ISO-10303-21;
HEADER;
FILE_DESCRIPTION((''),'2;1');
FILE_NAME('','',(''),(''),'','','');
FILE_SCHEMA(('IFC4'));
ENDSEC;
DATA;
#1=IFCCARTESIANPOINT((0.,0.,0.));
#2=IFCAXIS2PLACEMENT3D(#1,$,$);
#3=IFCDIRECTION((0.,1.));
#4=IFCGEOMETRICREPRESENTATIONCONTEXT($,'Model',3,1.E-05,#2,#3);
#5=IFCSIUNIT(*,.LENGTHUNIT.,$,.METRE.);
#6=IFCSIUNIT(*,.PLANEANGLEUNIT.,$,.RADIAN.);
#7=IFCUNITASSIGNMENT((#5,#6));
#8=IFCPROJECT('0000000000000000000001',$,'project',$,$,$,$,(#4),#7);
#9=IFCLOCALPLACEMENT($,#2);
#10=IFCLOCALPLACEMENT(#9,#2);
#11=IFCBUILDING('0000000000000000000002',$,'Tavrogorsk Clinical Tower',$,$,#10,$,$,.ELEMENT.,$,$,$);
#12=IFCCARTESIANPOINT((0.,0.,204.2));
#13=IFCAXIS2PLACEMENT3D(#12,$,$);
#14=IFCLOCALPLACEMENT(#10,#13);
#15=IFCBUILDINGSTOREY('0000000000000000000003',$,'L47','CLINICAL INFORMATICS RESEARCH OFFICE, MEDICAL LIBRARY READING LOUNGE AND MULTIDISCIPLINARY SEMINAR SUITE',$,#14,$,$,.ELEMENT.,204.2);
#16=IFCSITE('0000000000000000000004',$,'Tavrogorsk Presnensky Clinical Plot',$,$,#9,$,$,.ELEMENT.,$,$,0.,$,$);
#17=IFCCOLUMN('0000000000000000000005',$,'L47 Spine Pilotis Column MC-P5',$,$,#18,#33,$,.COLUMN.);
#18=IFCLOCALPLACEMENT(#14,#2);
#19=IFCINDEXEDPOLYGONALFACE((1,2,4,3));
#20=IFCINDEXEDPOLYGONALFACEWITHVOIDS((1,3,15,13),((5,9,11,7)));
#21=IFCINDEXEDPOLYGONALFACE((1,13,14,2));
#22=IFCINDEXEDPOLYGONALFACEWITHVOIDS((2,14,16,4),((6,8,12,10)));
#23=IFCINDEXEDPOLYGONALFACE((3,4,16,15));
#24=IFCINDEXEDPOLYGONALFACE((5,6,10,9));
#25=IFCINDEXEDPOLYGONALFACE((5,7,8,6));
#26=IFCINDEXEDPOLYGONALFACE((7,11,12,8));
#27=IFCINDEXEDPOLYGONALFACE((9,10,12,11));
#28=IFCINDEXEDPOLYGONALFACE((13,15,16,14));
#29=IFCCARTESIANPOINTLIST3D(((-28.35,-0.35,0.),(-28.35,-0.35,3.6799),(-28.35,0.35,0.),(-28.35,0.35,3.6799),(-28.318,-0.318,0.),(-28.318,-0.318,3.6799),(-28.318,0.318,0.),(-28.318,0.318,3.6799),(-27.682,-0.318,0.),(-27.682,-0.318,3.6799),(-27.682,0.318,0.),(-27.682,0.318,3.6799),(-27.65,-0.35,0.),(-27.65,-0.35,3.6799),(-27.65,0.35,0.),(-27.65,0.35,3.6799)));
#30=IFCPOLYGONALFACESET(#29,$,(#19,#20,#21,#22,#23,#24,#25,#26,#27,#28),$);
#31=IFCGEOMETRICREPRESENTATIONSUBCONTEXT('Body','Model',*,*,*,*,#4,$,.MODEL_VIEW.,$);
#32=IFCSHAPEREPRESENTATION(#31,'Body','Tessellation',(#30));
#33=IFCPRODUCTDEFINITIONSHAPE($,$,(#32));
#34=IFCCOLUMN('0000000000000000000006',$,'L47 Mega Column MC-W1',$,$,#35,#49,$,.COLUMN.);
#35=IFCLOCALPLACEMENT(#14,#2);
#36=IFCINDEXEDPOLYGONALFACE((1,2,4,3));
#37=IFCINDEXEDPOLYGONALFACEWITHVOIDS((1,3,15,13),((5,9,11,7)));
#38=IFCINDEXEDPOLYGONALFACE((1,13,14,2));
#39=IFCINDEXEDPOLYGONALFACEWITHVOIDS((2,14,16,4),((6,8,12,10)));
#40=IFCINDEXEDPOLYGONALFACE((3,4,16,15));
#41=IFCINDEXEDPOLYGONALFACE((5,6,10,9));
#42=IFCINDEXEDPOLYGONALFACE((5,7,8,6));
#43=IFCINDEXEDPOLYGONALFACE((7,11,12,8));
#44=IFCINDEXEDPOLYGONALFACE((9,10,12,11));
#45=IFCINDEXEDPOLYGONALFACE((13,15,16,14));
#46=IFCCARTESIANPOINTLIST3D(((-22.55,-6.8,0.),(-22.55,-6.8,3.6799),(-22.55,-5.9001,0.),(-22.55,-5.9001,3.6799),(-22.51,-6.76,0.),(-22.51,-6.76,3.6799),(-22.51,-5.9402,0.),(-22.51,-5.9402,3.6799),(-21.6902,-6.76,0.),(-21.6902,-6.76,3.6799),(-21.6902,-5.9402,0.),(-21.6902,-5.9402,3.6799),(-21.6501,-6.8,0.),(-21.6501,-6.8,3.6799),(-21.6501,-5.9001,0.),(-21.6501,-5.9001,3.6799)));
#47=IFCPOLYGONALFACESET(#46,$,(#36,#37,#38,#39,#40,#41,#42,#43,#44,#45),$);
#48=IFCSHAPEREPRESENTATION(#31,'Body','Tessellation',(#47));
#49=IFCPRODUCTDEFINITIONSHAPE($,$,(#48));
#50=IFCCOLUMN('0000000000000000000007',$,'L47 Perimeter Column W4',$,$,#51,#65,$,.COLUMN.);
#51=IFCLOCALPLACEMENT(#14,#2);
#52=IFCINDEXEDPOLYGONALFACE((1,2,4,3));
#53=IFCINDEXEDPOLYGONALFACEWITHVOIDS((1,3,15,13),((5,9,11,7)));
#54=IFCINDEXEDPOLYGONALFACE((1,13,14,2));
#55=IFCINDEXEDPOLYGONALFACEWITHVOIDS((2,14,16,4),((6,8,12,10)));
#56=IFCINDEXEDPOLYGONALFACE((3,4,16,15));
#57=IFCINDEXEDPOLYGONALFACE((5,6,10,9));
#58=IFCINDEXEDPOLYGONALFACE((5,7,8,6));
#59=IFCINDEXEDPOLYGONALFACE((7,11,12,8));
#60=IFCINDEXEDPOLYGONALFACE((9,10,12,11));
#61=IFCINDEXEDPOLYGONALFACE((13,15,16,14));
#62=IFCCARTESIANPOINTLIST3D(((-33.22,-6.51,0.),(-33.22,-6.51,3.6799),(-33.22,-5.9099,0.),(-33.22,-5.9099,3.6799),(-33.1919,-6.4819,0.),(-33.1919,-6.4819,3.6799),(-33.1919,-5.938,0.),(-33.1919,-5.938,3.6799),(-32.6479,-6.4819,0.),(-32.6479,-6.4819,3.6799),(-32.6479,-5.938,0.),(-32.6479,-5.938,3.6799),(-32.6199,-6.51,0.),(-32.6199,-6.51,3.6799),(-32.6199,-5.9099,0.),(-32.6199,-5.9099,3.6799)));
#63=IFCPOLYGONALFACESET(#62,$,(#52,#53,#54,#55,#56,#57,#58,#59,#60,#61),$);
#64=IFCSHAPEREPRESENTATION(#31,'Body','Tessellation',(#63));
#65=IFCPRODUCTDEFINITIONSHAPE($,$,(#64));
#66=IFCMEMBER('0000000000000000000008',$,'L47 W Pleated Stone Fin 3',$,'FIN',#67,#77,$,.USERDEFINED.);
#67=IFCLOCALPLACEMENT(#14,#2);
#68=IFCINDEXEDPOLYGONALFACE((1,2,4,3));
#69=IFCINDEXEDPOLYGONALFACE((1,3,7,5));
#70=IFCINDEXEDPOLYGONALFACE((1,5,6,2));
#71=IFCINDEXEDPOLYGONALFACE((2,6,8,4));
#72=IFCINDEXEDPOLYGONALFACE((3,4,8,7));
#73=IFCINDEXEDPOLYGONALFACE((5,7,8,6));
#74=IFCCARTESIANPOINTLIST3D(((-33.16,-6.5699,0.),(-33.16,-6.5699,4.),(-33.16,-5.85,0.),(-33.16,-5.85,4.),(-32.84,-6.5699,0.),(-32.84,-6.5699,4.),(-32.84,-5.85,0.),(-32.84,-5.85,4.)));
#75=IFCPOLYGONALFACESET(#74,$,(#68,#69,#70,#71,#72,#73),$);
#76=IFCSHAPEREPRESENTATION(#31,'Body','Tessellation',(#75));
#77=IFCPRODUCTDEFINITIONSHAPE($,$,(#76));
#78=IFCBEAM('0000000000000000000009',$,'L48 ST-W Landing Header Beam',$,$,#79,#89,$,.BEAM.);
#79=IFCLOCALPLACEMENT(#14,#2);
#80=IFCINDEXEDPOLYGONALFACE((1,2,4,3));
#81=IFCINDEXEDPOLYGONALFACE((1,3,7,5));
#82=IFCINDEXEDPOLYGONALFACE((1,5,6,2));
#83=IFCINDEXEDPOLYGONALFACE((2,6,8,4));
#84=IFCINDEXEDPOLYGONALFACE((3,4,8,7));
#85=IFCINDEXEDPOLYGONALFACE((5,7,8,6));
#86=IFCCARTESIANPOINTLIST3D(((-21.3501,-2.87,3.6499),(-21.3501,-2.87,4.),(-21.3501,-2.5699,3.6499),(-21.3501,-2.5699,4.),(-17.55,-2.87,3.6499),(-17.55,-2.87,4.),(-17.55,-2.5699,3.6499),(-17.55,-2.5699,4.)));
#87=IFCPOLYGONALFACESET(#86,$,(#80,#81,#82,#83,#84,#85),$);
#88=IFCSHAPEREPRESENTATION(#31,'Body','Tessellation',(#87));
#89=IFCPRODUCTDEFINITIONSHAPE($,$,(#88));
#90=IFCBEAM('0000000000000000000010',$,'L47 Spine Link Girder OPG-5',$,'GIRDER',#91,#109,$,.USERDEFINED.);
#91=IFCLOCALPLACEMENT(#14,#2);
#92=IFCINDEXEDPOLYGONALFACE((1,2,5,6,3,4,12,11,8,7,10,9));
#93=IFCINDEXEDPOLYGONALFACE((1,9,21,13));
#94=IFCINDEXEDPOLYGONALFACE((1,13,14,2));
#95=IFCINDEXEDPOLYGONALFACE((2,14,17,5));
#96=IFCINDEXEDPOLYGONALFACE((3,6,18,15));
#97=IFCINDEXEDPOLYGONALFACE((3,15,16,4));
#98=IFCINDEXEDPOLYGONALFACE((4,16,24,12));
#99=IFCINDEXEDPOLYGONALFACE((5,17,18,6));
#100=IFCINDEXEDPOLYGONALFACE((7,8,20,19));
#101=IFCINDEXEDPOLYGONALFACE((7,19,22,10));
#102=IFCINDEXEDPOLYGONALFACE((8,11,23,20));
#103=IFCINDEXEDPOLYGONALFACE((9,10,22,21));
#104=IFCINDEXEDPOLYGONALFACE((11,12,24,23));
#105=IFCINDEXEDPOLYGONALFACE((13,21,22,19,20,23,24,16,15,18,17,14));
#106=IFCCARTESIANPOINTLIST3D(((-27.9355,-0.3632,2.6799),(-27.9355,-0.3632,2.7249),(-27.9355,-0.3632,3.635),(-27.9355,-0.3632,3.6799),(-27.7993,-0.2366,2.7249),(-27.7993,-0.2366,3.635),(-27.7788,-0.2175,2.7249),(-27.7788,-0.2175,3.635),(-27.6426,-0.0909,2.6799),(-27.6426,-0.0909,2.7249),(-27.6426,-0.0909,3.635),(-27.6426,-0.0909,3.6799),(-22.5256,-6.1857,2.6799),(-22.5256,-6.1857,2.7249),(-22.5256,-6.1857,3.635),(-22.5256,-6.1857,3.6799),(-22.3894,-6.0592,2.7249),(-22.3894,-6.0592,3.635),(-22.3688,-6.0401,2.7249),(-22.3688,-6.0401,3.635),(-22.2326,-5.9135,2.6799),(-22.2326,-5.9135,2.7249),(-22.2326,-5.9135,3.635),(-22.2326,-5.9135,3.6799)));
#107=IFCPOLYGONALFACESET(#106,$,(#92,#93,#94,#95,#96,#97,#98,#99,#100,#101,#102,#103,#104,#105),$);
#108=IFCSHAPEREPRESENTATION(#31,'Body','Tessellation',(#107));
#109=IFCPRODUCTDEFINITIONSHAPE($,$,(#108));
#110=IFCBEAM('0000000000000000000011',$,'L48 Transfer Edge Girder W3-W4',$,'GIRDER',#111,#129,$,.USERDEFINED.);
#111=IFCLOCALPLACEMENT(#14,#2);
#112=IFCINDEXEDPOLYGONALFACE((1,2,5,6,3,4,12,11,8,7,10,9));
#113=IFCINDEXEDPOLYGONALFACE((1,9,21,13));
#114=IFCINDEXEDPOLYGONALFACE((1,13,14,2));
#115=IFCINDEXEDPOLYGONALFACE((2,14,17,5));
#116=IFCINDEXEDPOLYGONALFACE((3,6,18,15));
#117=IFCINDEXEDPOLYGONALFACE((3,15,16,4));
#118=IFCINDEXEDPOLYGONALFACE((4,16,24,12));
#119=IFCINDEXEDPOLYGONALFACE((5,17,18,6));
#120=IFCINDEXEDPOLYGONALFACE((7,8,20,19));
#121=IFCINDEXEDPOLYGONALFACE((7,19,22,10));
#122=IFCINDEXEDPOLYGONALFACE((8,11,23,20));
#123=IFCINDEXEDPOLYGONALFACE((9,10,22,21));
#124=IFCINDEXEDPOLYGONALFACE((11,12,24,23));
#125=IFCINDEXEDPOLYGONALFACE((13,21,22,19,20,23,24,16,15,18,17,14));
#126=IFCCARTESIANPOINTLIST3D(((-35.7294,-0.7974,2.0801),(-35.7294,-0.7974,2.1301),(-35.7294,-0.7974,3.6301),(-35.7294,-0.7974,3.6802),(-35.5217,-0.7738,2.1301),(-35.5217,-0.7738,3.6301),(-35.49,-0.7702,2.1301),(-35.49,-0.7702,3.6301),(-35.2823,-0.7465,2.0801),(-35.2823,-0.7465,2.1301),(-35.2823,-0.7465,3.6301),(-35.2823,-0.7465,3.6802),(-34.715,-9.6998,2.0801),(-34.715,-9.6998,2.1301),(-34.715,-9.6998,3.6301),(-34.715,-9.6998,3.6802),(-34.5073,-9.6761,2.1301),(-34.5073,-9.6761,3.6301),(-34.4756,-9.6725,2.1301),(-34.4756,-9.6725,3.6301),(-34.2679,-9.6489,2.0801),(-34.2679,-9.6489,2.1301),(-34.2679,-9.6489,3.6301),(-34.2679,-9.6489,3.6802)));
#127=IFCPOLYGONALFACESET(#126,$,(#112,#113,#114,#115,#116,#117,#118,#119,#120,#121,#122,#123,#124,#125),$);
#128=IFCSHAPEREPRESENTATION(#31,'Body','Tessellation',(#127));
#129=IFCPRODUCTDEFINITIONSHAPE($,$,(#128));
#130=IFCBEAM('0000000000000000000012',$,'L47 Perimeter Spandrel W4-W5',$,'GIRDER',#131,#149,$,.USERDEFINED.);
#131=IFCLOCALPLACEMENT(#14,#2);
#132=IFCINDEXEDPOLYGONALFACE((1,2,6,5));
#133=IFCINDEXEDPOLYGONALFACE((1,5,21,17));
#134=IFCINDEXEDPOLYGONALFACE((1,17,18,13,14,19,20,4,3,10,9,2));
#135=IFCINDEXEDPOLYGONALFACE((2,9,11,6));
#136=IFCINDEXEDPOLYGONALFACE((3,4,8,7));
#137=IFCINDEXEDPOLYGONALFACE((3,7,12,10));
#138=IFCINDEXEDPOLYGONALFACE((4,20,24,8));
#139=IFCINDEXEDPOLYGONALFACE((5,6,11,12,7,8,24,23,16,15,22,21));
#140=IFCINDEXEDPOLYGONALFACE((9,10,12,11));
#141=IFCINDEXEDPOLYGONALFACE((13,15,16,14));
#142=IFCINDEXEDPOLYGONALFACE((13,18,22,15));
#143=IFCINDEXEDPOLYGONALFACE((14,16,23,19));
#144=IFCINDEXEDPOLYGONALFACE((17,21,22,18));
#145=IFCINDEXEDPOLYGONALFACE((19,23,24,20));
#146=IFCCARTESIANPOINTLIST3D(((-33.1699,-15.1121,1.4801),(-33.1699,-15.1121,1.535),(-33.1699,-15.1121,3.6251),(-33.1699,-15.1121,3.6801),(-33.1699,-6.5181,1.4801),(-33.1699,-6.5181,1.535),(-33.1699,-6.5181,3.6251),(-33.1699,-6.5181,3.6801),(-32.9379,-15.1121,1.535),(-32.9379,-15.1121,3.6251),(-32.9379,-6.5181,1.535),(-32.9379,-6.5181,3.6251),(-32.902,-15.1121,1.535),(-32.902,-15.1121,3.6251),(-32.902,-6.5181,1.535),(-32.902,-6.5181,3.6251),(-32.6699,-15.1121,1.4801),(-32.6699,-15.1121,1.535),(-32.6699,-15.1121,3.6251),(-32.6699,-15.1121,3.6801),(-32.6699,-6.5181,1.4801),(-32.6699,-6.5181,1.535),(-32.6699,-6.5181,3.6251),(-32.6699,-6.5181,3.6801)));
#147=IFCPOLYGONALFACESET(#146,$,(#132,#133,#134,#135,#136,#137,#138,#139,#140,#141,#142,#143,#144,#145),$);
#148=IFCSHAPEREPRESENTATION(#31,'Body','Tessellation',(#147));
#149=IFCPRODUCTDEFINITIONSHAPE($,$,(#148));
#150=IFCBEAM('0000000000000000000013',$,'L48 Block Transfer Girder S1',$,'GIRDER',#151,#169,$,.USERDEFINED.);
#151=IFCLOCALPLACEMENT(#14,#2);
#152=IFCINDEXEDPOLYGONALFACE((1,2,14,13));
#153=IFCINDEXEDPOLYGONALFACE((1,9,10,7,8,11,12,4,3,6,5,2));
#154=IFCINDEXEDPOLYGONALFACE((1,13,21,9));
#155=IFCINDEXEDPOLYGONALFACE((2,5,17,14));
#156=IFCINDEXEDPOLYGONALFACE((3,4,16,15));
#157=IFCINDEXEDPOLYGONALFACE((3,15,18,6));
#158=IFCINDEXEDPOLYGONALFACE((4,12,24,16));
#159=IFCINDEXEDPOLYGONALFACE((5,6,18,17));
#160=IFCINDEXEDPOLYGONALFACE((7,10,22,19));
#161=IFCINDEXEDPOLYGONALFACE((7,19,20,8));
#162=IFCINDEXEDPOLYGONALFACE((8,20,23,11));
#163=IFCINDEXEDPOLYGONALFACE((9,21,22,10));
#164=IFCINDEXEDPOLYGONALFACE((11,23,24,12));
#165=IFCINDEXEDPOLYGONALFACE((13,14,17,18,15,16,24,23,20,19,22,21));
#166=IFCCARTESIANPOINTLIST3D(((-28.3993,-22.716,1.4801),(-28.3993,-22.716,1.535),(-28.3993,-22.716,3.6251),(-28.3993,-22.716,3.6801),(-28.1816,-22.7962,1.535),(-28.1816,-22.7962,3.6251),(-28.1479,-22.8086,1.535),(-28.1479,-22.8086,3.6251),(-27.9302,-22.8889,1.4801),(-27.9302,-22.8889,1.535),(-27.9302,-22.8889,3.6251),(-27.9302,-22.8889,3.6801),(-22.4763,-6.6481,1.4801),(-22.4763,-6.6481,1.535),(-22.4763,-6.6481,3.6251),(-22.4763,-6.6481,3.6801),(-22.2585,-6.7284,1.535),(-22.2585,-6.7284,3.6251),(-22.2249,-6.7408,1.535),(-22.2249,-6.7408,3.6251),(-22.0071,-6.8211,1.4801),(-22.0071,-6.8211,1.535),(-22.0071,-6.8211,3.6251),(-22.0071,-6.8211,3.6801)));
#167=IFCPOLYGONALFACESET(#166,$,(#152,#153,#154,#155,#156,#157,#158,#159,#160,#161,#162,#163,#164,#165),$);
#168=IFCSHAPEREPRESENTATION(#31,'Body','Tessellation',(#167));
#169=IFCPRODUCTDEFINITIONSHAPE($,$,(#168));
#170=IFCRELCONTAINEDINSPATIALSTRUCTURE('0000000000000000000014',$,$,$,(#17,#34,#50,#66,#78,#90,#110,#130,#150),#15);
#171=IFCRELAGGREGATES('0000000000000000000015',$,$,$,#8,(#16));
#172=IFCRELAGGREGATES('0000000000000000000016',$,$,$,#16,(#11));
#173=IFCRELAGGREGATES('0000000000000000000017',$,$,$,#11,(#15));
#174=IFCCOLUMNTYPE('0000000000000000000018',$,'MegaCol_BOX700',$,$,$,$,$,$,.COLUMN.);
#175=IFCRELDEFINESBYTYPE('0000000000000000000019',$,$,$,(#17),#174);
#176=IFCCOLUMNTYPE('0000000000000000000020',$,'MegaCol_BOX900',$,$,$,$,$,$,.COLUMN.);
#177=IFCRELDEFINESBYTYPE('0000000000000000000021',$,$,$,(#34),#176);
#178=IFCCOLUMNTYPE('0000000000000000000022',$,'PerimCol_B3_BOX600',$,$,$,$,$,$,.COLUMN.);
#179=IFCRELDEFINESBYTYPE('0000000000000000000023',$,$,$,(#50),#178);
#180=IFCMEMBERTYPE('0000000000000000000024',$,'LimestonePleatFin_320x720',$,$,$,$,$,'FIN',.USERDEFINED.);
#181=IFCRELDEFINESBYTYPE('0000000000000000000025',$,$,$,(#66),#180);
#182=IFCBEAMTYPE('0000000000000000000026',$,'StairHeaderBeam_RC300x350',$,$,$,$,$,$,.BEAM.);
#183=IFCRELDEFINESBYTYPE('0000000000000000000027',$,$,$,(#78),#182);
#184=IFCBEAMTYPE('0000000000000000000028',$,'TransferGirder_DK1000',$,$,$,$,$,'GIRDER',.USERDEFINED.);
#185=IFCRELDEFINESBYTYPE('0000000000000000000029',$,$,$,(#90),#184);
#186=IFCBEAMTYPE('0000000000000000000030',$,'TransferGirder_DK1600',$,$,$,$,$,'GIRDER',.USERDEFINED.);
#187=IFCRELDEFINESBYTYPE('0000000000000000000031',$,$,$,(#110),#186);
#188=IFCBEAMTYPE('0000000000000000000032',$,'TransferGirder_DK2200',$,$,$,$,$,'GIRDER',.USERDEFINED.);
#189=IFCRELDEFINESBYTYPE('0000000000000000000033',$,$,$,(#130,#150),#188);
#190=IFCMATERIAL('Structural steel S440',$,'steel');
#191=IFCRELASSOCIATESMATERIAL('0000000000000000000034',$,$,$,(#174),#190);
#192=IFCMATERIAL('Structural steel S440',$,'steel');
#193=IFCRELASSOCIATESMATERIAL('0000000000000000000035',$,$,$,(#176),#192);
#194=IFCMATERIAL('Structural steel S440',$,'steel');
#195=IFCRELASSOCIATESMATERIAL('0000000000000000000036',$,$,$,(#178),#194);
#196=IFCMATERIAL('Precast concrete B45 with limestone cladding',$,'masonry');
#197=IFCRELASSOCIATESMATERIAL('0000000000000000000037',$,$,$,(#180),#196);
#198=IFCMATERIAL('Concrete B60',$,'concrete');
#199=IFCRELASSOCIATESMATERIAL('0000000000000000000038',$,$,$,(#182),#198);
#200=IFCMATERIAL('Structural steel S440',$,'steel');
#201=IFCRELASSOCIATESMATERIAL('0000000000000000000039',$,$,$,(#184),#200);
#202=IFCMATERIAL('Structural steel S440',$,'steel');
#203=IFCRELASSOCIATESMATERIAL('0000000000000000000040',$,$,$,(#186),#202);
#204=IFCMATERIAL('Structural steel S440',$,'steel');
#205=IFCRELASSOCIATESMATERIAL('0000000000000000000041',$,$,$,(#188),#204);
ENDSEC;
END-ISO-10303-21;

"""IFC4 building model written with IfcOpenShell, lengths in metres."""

from ifc_helpers import new_model, si_unit, direction, frame, origin, origin_2d, place, context, subcontext, project, spatial, rectangle, hollow_rectangle, i_section, extrude, material, material_profile, profile_set, type_object, element, save


model = new_model("IFC4")

# Units and contexts
model_context = context("Model", 3, precision=1e-05, world=origin(), true_north=direction((0.0, 1.0)))
body_context = subcontext(model_context, "Body", "Model", "MODEL_VIEW")
ifc_project = project(units=[si_unit("LENGTHUNIT", "METRE"), si_unit("PLANEANGLEUNIT", "RADIAN")], contexts=[model_context])

# Site, building, storey
site_placement = place(None, origin())
site = spatial("IfcSite", under=ifc_project, at=site_placement, Name="Tavrogorsk Presnensky Clinical Plot", CompositionType="ELEMENT", RefElevation=0.0)
building_placement = place(site_placement, origin())
building = spatial("IfcBuilding", under=site, at=building_placement, Name="Tavrogorsk Clinical Tower", CompositionType="ELEMENT")
storey_placement = place(building_placement, frame((0.0, 0.0, 204.2)))
storey = spatial("IfcBuildingStorey", under=building, at=storey_placement, Name="L47", Description="CLINICAL INFORMATICS RESEARCH OFFICE, MEDICAL LIBRARY READING LOUNGE AND MULTIDISCIPLINARY SEMINAR SUITE", CompositionType="ELEMENT", Elevation=204.2)

# Columns
ifc_material_1 = material(Name="Structural steel S440", Category="steel")
ifc_material_profile_1 = material_profile(ifc_material_1, hollow_rectangle(XDim=0.7, YDim=0.7, WallThickness=0.032, at=origin_2d()), Name="BOX-700x700x32")
ifc_profile_set_1 = profile_set([ifc_material_profile_1], Name="Structural steel S440")
column_type_1 = type_object("IfcColumnType", Name="MegaCol_BOX700", PredefinedType="COLUMN", material=ifc_profile_set_1)
column_1_placement = place(storey_placement, frame((-28.0, 0.0, 0.0), z_axis=(0.0, 0.0, 1.0), x_axis=(1.0, 0.0, 0.0)))
element("IfcColumn", 1, at=column_1_placement, inside=storey, type_object=column_type_1, Name="L47 Spine Pilotis Column MC-P5", PredefinedType="COLUMN", context=body_context, shape_type="SweptSolid", body=[
    extrude(hollow_rectangle(XDim=0.7, YDim=0.7, WallThickness=0.032, at=origin_2d()), origin(), (0.0, 0.0, 1.0), 3.6799),
])
ifc_material_2 = material(Name="Structural steel S440", Category="steel")
ifc_material_profile_2 = material_profile(ifc_material_2, hollow_rectangle(XDim=0.8999, YDim=0.8999, WallThickness=0.04, at=origin_2d()), Name="BOX-900x900x40")
ifc_profile_set_2 = profile_set([ifc_material_profile_2], Name="Structural steel S440")
column_type_2 = type_object("IfcColumnType", Name="MegaCol_BOX900", PredefinedType="COLUMN", material=ifc_profile_set_2)
column_2_placement = place(storey_placement, frame((-22.1001, -6.3501, 0.0), z_axis=(0.0, 0.0, 1.0), x_axis=(1.0, 0.0, 0.0)))
element("IfcColumn", 2, at=column_2_placement, inside=storey, type_object=column_type_2, Name="L47 Mega Column MC-W1", PredefinedType="COLUMN", context=body_context, shape_type="SweptSolid", body=[
    extrude(hollow_rectangle(XDim=0.8999, YDim=0.8999, WallThickness=0.04, at=origin_2d()), origin(), (0.0, 0.0, 1.0), 3.6799),
])
ifc_material_3 = material(Name="Structural steel S440", Category="steel")
ifc_material_profile_3 = material_profile(ifc_material_3, hollow_rectangle(XDim=0.6001, YDim=0.6001, WallThickness=0.0281, at=origin_2d()), Name="BOX-600x600x28")
ifc_profile_set_3 = profile_set([ifc_material_profile_3], Name="Structural steel S440")
column_type_3 = type_object("IfcColumnType", Name="PerimCol_B3_BOX600", PredefinedType="COLUMN", material=ifc_profile_set_3)
column_3_placement = place(storey_placement, frame((-32.9199, -6.21, 0.0), z_axis=(0.0, 0.0, 1.0), x_axis=(1.0, 0.0, 0.0)))
element("IfcColumn", 3, at=column_3_placement, inside=storey, type_object=column_type_3, Name="L47 Perimeter Column W4", PredefinedType="COLUMN", context=body_context, shape_type="SweptSolid", body=[
    extrude(hollow_rectangle(XDim=0.6001, YDim=0.6001, WallThickness=0.0281, at=origin_2d()), origin(), (0.0, 0.0, 1.0), 3.6799),
])

# Member
ifc_material_4 = material(Name="Precast concrete B45 with limestone cladding", Category="masonry")
ifc_material_profile_4 = material_profile(ifc_material_4, rectangle(XDim=0.3201, YDim=0.72, at=origin_2d()), Name="LIMESTONE-FIN-320x720")
ifc_profile_set_4 = profile_set([ifc_material_profile_4], Name="Precast concrete B45 with limestone cladding")
member_type = type_object("IfcMemberType", Name="LimestonePleatFin_320x720", ElementType="FIN", PredefinedType="USERDEFINED", material=ifc_profile_set_4)
member_placement = place(storey_placement, frame((-33.0, -6.21, 0.0), z_axis=(0.0, 0.0, 1.0), x_axis=(1.0, 0.0, 0.0)))
element("IfcMember", 4, at=member_placement, inside=storey, type_object=member_type, Name="L47 W Pleated Stone Fin 3", ObjectType="FIN", PredefinedType="USERDEFINED", context=body_context, shape_type="SweptSolid", body=[
    extrude(rectangle(XDim=0.3201, YDim=0.72, at=origin_2d()), origin(), (0.0, 0.0, 1.0), 4.0),
])

# Beams
ifc_material_5 = material(Name="Concrete B60", Category="concrete")
ifc_material_profile_5 = material_profile(ifc_material_5, rectangle(XDim=0.3, YDim=0.3501, at=origin_2d()), Name="RC-SHB-300x350")
ifc_profile_set_5 = profile_set([ifc_material_profile_5], Name="Concrete B60")
beam_type_1 = type_object("IfcBeamType", Name="StairHeaderBeam_RC300x350", PredefinedType="BEAM", material=ifc_profile_set_5)
beam_1_placement = place(storey_placement, frame((-21.3501, -2.72, 3.825), z_axis=(1.0, 0.0, 0.0), x_axis=(0.0, 1.0, 0.0)))
element("IfcBeam", 5, at=beam_1_placement, inside=storey, type_object=beam_type_1, Name="L48 ST-W Landing Header Beam", PredefinedType="BEAM", context=body_context, shape_type="SweptSolid", body=[
    extrude(rectangle(XDim=0.3, YDim=0.3501, at=origin_2d()), origin(), (0.0, 0.0, 1.0), 3.8),
])
ifc_material_6 = material(Name="Structural steel S440", Category="steel")
ifc_material_profile_6 = material_profile(ifc_material_6, i_section(OverallWidth=0.3999, OverallDepth=1.0, WebThickness=0.0281, FlangeThickness=0.0449, at=origin_2d()), Name="DK-1000x400x28x45")
ifc_profile_set_6 = profile_set([ifc_material_profile_6], Name="Structural steel S440")
beam_type_2 = type_object("IfcBeamType", Name="TransferGirder_DK1000", ElementType="GIRDER", PredefinedType="USERDEFINED", material=ifc_profile_set_6)
beam_2_placement = place(storey_placement, frame((-27.7891, -0.2271, 3.1799), z_axis=(0.680674, -0.732587, 0.0), x_axis=(0.732587, 0.680674, 0.0)))
element("IfcBeam", 6, at=beam_2_placement, inside=storey, type_object=beam_type_2, Name="L47 Spine Link Girder OPG-5", ObjectType="GIRDER", PredefinedType="USERDEFINED", context=body_context, shape_type="SweptSolid", body=[
    extrude(i_section(OverallWidth=0.3999, OverallDepth=1.0, WebThickness=0.0281, FlangeThickness=0.0449, at=origin_2d()), origin(), (0.0, 0.0, 1.0), 7.948),
])
ifc_material_7 = material(Name="Structural steel S440", Category="steel")
ifc_material_profile_7 = material_profile(ifc_material_7, i_section(OverallWidth=0.45, OverallDepth=1.6001, WebThickness=0.032, FlangeThickness=0.05, at=origin_2d()), Name="DK-1600x450x32x50")
ifc_profile_set_7 = profile_set([ifc_material_profile_7], Name="Structural steel S440")
beam_type_3 = type_object("IfcBeamType", Name="TransferGirder_DK1600", ElementType="GIRDER", PredefinedType="USERDEFINED", material=ifc_profile_set_7)
beam_3_placement = place(storey_placement, frame((-35.5059, -0.772, 2.8801), z_axis=(0.113215, -0.99357, 0.0), x_axis=(0.99357, 0.113215, 0.0)))
element("IfcBeam", 7, at=beam_3_placement, inside=storey, type_object=beam_type_3, Name="L48 Transfer Edge Girder W3-W4", ObjectType="GIRDER", PredefinedType="USERDEFINED", context=body_context, shape_type="SweptSolid", body=[
    extrude(i_section(OverallWidth=0.45, OverallDepth=1.6001, WebThickness=0.032, FlangeThickness=0.05, at=origin_2d()), origin(), (0.0, 0.0, 1.0), 8.96),
])
ifc_material_8 = material(Name="Structural steel S440", Category="steel")
ifc_material_profile_8 = material_profile(ifc_material_8, i_section(OverallWidth=0.5, OverallDepth=2.2, WebThickness=0.0359, FlangeThickness=0.0549, at=origin_2d()), Name="DK-2200x500x36x55")
ifc_profile_set_8 = profile_set([ifc_material_profile_8], Name="Structural steel S440")
beam_type_4 = type_object("IfcBeamType", Name="TransferGirder_DK2200", ElementType="GIRDER", PredefinedType="USERDEFINED", material=ifc_profile_set_8)
beam_4_placement = place(storey_placement, frame((-32.9199, -6.5181, 2.5801), z_axis=(0.0, -1.0, 0.0), x_axis=(1.0, 0.0, 0.0)))
element("IfcBeam", 8, at=beam_4_placement, inside=storey, type_object=beam_type_4, Name="L47 Perimeter Spandrel W4-W5", ObjectType="GIRDER", PredefinedType="USERDEFINED", context=body_context, shape_type="SweptSolid", body=[
    extrude(i_section(OverallWidth=0.5, OverallDepth=2.2, WebThickness=0.0359, FlangeThickness=0.0549, at=origin_2d()), origin(), (0.0, 0.0, 1.0), 8.594),
])
beam_5_placement = place(storey_placement, frame((-22.2417, -6.7346, 2.5801), z_axis=(-0.345878, -0.93828, 0.0), x_axis=(0.93828, -0.345878, 0.0)))
element("IfcBeam", 9, at=beam_5_placement, inside=storey, type_object=beam_type_4, Name="L48 Block Transfer Girder S1", ObjectType="GIRDER", PredefinedType="USERDEFINED", context=body_context, shape_type="SweptSolid", body=[
    extrude(i_section(OverallWidth=0.5, OverallDepth=2.2, WebThickness=0.0359, FlangeThickness=0.0549, at=origin_2d()), origin(), (0.0, 0.0, 1.0), 17.1248),
])

save(model, "model.ifc")
